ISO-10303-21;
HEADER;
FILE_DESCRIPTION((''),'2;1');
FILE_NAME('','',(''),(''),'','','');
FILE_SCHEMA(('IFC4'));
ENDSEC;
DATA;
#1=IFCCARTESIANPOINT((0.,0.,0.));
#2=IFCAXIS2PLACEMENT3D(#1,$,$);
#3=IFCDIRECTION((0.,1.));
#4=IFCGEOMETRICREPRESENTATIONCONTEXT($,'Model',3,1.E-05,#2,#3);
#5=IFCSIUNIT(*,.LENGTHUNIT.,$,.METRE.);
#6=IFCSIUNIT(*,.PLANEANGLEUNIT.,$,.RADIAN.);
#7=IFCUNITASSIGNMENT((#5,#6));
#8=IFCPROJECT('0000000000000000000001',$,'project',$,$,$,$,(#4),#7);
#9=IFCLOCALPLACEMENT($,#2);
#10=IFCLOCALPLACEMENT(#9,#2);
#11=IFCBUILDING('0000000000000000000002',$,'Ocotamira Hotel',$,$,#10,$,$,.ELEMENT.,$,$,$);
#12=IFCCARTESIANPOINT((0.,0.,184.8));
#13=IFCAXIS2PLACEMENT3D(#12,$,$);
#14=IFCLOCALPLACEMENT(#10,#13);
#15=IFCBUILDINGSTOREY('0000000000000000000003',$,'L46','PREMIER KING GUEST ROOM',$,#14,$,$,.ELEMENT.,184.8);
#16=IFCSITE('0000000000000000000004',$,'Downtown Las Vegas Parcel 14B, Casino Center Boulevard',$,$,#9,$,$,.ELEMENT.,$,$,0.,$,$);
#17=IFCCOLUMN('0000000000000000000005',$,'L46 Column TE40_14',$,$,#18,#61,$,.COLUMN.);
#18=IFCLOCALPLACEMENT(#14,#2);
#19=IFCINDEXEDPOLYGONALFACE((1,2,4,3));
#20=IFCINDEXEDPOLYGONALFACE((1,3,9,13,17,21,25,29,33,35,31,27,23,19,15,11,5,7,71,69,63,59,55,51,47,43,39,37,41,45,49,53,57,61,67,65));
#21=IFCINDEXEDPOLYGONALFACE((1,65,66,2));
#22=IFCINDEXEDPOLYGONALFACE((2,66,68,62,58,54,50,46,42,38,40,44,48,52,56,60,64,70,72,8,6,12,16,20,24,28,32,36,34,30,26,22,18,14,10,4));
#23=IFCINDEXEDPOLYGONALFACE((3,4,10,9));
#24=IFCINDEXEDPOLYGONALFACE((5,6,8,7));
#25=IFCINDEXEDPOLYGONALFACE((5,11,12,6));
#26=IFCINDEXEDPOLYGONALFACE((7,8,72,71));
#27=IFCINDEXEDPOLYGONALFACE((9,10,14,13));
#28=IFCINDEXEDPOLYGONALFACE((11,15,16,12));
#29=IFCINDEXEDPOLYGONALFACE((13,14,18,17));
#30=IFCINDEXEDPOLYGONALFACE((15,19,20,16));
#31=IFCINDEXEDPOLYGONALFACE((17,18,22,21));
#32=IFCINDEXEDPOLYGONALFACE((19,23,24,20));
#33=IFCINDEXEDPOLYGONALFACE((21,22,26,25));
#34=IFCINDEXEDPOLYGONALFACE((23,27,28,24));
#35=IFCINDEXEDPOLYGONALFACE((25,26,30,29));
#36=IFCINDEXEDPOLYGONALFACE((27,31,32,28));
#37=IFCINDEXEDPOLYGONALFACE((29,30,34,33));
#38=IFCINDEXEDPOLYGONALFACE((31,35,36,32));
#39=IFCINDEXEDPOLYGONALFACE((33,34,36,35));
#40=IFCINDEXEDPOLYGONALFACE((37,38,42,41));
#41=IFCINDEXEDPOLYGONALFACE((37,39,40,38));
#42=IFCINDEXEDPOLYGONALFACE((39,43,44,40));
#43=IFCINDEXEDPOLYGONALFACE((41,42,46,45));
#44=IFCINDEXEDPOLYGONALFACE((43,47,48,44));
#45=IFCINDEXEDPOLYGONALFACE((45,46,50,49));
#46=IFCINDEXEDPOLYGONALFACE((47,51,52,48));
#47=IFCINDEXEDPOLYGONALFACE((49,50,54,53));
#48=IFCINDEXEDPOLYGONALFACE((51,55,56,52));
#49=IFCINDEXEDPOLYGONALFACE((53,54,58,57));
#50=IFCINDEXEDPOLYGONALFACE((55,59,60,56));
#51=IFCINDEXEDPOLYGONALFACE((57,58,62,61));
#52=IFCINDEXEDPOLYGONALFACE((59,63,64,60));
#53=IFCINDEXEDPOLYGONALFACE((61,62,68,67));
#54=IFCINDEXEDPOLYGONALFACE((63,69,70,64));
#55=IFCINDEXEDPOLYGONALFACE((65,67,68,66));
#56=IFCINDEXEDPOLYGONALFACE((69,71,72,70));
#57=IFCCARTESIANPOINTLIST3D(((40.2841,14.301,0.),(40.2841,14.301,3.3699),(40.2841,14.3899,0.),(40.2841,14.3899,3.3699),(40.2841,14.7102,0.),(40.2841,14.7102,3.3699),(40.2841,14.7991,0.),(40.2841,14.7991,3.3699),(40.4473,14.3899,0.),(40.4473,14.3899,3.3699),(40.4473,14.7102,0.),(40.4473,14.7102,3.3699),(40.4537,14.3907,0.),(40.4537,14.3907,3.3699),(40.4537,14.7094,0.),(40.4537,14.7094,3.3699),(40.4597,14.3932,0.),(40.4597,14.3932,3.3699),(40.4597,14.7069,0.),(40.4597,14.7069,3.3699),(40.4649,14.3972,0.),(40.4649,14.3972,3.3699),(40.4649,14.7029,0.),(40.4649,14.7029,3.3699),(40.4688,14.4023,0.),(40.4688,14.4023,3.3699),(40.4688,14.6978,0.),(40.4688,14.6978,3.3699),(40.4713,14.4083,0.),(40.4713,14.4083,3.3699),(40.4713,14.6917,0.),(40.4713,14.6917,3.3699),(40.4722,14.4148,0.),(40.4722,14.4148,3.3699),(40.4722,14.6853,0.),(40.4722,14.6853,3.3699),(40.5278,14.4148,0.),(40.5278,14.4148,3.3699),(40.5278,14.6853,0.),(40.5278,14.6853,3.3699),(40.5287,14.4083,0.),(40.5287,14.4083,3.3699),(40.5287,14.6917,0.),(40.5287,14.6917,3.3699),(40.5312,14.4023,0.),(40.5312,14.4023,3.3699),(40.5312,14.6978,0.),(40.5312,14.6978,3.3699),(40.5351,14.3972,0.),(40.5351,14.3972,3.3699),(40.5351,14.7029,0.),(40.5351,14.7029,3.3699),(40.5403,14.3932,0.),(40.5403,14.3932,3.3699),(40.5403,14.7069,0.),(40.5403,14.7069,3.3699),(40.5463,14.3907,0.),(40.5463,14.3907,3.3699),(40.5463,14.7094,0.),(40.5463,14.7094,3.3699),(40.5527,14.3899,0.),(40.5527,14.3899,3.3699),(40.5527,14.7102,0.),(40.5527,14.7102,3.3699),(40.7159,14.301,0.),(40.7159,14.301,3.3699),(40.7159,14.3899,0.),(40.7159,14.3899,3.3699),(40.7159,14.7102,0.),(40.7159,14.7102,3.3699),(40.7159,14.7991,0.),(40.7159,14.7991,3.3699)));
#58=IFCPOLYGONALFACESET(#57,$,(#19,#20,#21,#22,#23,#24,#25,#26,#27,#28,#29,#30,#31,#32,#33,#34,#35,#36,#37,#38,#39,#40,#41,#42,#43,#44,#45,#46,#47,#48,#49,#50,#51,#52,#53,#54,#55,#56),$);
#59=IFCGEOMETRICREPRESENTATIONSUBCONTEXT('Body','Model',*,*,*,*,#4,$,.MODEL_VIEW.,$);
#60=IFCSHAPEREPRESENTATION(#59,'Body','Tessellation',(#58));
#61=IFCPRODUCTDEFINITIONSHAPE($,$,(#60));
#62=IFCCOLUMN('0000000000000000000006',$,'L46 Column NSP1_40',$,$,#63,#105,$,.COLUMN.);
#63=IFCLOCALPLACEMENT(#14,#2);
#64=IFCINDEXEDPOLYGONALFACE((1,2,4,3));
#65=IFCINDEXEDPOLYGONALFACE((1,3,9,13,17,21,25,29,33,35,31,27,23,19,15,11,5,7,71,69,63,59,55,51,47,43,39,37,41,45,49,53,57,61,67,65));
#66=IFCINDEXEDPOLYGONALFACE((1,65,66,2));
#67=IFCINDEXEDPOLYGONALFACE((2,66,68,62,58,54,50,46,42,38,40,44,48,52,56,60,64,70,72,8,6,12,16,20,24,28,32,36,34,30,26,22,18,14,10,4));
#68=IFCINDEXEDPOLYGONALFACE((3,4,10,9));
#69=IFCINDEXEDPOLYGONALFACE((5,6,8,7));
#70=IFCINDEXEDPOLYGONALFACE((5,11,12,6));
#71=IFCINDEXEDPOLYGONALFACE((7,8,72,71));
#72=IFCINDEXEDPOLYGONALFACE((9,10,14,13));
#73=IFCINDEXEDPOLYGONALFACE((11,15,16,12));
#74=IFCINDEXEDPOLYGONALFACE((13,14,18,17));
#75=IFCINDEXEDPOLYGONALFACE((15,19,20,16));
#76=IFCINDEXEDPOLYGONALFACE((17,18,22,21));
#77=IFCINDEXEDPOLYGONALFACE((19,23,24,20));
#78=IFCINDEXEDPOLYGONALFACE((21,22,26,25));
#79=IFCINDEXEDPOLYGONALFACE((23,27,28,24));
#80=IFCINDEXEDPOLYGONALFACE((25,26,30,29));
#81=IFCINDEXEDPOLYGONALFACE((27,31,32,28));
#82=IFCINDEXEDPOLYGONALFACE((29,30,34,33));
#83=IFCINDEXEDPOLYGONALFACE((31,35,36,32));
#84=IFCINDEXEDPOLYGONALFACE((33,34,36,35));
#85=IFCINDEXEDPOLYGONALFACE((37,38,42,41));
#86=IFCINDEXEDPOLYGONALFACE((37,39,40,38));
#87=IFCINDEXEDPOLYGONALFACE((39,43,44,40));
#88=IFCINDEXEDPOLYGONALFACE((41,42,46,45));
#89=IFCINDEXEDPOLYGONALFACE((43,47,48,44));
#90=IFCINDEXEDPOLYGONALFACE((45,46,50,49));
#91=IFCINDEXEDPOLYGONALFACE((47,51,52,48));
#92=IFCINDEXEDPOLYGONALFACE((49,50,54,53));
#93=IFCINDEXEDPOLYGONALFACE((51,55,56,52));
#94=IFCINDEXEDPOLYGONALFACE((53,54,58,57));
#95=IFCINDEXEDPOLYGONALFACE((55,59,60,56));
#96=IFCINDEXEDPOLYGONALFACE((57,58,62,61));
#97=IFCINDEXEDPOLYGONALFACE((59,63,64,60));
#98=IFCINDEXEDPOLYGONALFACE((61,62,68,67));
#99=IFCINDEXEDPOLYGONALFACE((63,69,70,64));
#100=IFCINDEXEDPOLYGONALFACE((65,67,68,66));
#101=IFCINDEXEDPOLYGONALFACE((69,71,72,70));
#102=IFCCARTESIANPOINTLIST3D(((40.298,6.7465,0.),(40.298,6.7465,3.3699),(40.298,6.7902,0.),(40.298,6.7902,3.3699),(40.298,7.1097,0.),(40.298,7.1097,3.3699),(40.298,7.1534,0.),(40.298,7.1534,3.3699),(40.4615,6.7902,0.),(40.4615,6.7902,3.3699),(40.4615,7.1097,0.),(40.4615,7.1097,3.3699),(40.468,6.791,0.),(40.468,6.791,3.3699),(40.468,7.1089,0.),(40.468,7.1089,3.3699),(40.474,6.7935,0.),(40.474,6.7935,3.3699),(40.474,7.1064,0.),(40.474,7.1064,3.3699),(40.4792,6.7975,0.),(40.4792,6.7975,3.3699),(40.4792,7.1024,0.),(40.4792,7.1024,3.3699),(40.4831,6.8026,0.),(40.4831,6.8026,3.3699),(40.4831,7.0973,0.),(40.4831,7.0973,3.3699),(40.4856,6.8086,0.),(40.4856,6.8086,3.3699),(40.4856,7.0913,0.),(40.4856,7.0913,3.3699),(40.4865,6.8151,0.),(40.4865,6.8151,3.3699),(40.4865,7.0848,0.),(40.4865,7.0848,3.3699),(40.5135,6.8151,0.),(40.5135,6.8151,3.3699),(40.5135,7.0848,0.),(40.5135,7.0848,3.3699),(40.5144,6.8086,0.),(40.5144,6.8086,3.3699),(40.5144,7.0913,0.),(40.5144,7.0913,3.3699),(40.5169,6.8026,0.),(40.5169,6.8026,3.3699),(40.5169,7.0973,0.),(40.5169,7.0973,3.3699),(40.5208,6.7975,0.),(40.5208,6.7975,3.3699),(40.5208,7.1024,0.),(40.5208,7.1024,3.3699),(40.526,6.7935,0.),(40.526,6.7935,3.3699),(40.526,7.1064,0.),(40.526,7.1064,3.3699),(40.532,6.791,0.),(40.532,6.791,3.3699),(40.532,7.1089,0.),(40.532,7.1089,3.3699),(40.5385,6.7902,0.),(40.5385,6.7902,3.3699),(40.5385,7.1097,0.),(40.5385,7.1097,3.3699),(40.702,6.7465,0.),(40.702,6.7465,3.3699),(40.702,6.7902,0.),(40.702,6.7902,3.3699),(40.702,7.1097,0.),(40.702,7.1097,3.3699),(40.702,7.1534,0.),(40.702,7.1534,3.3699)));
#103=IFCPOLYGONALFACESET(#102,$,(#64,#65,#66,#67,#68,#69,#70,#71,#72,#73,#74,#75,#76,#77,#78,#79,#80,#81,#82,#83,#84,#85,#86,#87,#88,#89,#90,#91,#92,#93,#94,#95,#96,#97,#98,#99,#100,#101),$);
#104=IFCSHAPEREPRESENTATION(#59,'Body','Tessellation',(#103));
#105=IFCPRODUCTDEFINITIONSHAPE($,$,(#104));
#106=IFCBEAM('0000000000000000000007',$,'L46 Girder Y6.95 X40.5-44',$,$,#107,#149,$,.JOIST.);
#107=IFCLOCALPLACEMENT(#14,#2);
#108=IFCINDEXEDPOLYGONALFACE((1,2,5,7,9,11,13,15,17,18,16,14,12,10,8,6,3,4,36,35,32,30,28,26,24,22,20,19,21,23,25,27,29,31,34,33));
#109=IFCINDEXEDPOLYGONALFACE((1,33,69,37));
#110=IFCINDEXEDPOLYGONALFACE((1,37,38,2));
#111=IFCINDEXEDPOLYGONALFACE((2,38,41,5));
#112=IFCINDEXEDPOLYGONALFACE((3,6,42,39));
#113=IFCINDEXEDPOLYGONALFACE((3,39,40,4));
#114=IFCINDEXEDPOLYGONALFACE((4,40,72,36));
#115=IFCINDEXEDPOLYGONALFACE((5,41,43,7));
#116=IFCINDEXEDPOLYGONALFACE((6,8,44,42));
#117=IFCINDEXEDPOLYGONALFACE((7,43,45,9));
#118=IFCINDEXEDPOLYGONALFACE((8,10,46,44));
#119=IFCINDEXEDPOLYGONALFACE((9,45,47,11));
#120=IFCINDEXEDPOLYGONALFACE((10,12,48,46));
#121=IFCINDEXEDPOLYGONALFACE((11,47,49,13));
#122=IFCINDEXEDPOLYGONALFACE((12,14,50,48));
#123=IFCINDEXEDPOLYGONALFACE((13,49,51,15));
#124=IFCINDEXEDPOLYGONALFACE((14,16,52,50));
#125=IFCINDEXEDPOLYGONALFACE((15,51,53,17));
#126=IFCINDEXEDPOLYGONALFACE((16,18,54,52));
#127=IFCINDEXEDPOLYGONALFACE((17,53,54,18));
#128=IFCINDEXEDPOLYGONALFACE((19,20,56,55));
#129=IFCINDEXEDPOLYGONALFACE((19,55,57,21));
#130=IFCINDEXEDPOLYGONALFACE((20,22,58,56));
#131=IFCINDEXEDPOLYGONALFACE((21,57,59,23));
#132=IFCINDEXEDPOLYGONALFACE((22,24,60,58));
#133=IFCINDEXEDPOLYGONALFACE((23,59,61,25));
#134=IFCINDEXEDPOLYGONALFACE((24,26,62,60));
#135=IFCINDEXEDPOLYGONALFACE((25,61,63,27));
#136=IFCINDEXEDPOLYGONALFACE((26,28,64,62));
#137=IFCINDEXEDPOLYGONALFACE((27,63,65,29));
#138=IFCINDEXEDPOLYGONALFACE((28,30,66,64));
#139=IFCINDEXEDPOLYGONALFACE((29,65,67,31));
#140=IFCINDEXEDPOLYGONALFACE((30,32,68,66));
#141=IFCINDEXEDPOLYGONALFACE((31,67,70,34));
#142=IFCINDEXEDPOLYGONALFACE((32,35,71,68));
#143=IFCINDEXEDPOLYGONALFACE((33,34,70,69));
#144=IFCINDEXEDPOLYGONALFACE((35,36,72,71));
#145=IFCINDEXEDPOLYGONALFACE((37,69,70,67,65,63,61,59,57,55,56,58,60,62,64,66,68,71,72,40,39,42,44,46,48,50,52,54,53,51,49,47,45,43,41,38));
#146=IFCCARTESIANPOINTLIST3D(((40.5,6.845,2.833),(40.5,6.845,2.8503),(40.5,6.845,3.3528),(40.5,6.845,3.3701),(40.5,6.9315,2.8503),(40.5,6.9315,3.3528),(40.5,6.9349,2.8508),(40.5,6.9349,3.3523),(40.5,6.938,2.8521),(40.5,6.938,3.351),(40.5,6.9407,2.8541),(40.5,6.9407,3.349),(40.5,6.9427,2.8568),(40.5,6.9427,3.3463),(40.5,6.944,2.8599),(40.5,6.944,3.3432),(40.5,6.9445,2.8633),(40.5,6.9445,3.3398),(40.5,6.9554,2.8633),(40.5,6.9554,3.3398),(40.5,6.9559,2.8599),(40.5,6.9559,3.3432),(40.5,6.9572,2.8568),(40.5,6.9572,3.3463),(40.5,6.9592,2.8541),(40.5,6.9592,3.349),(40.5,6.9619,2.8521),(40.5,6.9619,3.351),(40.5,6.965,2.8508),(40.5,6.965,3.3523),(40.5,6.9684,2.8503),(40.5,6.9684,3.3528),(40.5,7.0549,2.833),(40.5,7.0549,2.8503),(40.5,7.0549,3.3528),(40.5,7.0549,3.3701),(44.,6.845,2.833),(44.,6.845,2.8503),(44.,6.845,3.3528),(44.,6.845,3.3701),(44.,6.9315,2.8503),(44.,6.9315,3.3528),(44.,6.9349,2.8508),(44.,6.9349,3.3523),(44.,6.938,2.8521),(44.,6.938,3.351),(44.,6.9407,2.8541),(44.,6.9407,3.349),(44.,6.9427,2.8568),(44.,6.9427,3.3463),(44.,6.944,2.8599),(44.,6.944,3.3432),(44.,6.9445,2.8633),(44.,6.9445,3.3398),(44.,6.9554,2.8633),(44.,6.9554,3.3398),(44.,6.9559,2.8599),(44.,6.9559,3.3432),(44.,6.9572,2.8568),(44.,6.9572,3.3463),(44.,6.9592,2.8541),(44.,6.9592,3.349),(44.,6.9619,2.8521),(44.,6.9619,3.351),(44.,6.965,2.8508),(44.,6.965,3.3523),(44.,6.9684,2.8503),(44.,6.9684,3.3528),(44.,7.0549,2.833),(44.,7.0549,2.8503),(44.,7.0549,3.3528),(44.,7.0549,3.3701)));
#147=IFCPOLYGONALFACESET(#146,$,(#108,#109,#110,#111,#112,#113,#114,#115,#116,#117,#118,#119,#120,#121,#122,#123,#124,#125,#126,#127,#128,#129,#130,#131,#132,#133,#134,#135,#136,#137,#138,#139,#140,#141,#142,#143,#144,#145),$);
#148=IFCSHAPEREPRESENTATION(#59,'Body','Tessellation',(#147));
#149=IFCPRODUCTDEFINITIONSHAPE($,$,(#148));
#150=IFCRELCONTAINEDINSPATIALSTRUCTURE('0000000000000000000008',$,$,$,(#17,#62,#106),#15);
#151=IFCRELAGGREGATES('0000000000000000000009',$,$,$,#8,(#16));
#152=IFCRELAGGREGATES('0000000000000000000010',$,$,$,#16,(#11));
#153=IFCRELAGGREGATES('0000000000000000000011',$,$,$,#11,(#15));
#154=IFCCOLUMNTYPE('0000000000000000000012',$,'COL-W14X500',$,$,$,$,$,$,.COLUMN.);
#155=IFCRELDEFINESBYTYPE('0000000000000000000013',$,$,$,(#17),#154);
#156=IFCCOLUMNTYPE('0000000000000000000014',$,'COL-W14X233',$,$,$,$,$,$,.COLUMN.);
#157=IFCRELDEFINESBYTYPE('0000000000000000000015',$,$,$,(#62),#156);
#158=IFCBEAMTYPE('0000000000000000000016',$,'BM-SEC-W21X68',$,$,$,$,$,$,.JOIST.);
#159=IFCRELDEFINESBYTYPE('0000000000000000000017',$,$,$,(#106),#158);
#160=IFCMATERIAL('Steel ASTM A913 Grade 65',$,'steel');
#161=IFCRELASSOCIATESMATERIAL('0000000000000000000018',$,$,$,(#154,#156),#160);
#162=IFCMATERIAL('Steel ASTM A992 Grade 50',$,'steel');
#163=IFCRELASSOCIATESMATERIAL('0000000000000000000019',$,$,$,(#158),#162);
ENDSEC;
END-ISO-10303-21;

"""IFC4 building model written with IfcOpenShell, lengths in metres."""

from ifc_helpers import new_model, si_unit, direction, frame, origin, origin_2d, place, context, subcontext, project, spatial, i_section, extrude, source, transform, mapped, material, material_profile, profile_set, type_object, element, save


model = new_model("IFC4")

# Units and contexts
model_context = context("Model", 3, precision=1e-05, world=origin(), true_north=direction((0.0, 1.0)))
body_context = subcontext(model_context, "Body", "Model", "MODEL_VIEW")
ifc_project = project(units=[si_unit("LENGTHUNIT", "METRE"), si_unit("PLANEANGLEUNIT", "RADIAN")], contexts=[model_context])

# Site, building, storey
site_placement = place(None, origin())
site = spatial("IfcSite", under=ifc_project, at=site_placement, Name="Downtown Las Vegas Parcel 14B, Casino Center Boulevard", CompositionType="ELEMENT", RefElevation=0.0)
building_placement = place(site_placement, origin())
building = spatial("IfcBuilding", under=site, at=building_placement, Name="Ocotamira Hotel", CompositionType="ELEMENT")
storey_placement = place(building_placement, frame((0.0, 0.0, 184.8)))
storey = spatial("IfcBuildingStorey", under=building, at=storey_placement, Name="L46", Description="PREMIER KING GUEST ROOM", CompositionType="ELEMENT", Elevation=184.8)

# Columns
ifc_material_1 = material(Name="Steel ASTM A913 Grade 65", Category="steel")
ifc_material_profile_1 = material_profile(ifc_material_1, i_section(OverallWidth=0.4319, OverallDepth=0.498, WebThickness=0.0557, FlangeThickness=0.0889, FilletRadius=0.0249, at=origin_2d()), Name="W14X500")
ifc_profile_set_1 = profile_set([ifc_material_profile_1], Name="Steel ASTM A913 Grade 65")
column_type_1 = type_object("IfcColumnType", Name="COL-W14X500", PredefinedType="COLUMN", material=ifc_profile_set_1)
shared_shape_1 = source(origin(), body_context, "Body", "SweptSolid", [
    extrude(i_section(OverallWidth=0.4319, OverallDepth=0.498, WebThickness=0.0557, FlangeThickness=0.0889, FilletRadius=0.0249, at=origin_2d()), origin(), (0.0, 0.0, 1.0), 3.3699),
])
column_1_placement = place(storey_placement, frame((40.5, 14.55, 0.0), z_axis=(0.0, 0.0, 1.0), x_axis=(1.0, 0.0, 0.0)))
element("IfcColumn", 1, at=column_1_placement, inside=storey, type_object=column_type_1, Name="L46 Column TE40_14", PredefinedType="COLUMN", context=body_context, shape_type="MappedRepresentation", body=[
    mapped(shared_shape_1, transform((0.0, 0.0, 0.0), scale=1.0)),
])
ifc_material_profile_2 = material_profile(ifc_material_1, i_section(OverallWidth=0.4041, OverallDepth=0.407, WebThickness=0.0271, FlangeThickness=0.0437, FilletRadius=0.0249, at=origin_2d()), Name="W14X233")
ifc_profile_set_2 = profile_set([ifc_material_profile_2], Name="Steel ASTM A913 Grade 65")
column_type_2 = type_object("IfcColumnType", Name="COL-W14X233", PredefinedType="COLUMN", material=ifc_profile_set_2)
shared_shape_2 = source(origin(), body_context, "Body", "SweptSolid", [
    extrude(i_section(OverallWidth=0.4041, OverallDepth=0.407, WebThickness=0.0271, FlangeThickness=0.0437, FilletRadius=0.0249, at=origin_2d()), origin(), (0.0, 0.0, 1.0), 3.3699),
])
column_2_placement = place(storey_placement, frame((40.5, 6.95, 0.0), z_axis=(0.0, 0.0, 1.0), x_axis=(1.0, 0.0, 0.0)))
element("IfcColumn", 2, at=column_2_placement, inside=storey, type_object=column_type_2, Name="L46 Column NSP1_40", PredefinedType="COLUMN", context=body_context, shape_type="MappedRepresentation", body=[
    mapped(shared_shape_2, transform((0.0, 0.0, 0.0), scale=1.0)),
])

# Beam
ifc_material_2 = material(Name="Steel ASTM A992 Grade 50", Category="steel")
ifc_material_profile_3 = material_profile(ifc_material_2, i_section(OverallWidth=0.21, OverallDepth=0.5371, WebThickness=0.011, FlangeThickness=0.0173, FilletRadius=0.0129, at=origin_2d()), Name="W21X68")
ifc_profile_set_3 = profile_set([ifc_material_profile_3], Name="Steel ASTM A992 Grade 50")
beam_type_1 = type_object("IfcBeamType", Name="BM-SEC-W21X68", PredefinedType="JOIST", material=ifc_profile_set_3)
shared_shape_3 = source(origin(), body_context, "Body", "SweptSolid", [
    extrude(i_section(OverallWidth=0.21, OverallDepth=0.5371, WebThickness=0.011, FlangeThickness=0.0173, FilletRadius=0.0129, at=origin_2d()), origin(), (0.0, 0.0, 1.0), 3.5),
])
beam_1_placement = place(storey_placement, frame((40.5, 6.95, 3.1016), z_axis=(1.0, 0.0, 0.0), x_axis=(0.0, 1.0, 0.0)))
element("IfcBeam", 3, at=beam_1_placement, inside=storey, type_object=beam_type_1, Name="L46 Girder Y6.95 X40.5-44", PredefinedType="JOIST", context=body_context, shape_type="MappedRepresentation", body=[
    mapped(shared_shape_3, transform((0.0, 0.0, 0.0), scale=1.0)),
])

save(model, "model.ifc")
